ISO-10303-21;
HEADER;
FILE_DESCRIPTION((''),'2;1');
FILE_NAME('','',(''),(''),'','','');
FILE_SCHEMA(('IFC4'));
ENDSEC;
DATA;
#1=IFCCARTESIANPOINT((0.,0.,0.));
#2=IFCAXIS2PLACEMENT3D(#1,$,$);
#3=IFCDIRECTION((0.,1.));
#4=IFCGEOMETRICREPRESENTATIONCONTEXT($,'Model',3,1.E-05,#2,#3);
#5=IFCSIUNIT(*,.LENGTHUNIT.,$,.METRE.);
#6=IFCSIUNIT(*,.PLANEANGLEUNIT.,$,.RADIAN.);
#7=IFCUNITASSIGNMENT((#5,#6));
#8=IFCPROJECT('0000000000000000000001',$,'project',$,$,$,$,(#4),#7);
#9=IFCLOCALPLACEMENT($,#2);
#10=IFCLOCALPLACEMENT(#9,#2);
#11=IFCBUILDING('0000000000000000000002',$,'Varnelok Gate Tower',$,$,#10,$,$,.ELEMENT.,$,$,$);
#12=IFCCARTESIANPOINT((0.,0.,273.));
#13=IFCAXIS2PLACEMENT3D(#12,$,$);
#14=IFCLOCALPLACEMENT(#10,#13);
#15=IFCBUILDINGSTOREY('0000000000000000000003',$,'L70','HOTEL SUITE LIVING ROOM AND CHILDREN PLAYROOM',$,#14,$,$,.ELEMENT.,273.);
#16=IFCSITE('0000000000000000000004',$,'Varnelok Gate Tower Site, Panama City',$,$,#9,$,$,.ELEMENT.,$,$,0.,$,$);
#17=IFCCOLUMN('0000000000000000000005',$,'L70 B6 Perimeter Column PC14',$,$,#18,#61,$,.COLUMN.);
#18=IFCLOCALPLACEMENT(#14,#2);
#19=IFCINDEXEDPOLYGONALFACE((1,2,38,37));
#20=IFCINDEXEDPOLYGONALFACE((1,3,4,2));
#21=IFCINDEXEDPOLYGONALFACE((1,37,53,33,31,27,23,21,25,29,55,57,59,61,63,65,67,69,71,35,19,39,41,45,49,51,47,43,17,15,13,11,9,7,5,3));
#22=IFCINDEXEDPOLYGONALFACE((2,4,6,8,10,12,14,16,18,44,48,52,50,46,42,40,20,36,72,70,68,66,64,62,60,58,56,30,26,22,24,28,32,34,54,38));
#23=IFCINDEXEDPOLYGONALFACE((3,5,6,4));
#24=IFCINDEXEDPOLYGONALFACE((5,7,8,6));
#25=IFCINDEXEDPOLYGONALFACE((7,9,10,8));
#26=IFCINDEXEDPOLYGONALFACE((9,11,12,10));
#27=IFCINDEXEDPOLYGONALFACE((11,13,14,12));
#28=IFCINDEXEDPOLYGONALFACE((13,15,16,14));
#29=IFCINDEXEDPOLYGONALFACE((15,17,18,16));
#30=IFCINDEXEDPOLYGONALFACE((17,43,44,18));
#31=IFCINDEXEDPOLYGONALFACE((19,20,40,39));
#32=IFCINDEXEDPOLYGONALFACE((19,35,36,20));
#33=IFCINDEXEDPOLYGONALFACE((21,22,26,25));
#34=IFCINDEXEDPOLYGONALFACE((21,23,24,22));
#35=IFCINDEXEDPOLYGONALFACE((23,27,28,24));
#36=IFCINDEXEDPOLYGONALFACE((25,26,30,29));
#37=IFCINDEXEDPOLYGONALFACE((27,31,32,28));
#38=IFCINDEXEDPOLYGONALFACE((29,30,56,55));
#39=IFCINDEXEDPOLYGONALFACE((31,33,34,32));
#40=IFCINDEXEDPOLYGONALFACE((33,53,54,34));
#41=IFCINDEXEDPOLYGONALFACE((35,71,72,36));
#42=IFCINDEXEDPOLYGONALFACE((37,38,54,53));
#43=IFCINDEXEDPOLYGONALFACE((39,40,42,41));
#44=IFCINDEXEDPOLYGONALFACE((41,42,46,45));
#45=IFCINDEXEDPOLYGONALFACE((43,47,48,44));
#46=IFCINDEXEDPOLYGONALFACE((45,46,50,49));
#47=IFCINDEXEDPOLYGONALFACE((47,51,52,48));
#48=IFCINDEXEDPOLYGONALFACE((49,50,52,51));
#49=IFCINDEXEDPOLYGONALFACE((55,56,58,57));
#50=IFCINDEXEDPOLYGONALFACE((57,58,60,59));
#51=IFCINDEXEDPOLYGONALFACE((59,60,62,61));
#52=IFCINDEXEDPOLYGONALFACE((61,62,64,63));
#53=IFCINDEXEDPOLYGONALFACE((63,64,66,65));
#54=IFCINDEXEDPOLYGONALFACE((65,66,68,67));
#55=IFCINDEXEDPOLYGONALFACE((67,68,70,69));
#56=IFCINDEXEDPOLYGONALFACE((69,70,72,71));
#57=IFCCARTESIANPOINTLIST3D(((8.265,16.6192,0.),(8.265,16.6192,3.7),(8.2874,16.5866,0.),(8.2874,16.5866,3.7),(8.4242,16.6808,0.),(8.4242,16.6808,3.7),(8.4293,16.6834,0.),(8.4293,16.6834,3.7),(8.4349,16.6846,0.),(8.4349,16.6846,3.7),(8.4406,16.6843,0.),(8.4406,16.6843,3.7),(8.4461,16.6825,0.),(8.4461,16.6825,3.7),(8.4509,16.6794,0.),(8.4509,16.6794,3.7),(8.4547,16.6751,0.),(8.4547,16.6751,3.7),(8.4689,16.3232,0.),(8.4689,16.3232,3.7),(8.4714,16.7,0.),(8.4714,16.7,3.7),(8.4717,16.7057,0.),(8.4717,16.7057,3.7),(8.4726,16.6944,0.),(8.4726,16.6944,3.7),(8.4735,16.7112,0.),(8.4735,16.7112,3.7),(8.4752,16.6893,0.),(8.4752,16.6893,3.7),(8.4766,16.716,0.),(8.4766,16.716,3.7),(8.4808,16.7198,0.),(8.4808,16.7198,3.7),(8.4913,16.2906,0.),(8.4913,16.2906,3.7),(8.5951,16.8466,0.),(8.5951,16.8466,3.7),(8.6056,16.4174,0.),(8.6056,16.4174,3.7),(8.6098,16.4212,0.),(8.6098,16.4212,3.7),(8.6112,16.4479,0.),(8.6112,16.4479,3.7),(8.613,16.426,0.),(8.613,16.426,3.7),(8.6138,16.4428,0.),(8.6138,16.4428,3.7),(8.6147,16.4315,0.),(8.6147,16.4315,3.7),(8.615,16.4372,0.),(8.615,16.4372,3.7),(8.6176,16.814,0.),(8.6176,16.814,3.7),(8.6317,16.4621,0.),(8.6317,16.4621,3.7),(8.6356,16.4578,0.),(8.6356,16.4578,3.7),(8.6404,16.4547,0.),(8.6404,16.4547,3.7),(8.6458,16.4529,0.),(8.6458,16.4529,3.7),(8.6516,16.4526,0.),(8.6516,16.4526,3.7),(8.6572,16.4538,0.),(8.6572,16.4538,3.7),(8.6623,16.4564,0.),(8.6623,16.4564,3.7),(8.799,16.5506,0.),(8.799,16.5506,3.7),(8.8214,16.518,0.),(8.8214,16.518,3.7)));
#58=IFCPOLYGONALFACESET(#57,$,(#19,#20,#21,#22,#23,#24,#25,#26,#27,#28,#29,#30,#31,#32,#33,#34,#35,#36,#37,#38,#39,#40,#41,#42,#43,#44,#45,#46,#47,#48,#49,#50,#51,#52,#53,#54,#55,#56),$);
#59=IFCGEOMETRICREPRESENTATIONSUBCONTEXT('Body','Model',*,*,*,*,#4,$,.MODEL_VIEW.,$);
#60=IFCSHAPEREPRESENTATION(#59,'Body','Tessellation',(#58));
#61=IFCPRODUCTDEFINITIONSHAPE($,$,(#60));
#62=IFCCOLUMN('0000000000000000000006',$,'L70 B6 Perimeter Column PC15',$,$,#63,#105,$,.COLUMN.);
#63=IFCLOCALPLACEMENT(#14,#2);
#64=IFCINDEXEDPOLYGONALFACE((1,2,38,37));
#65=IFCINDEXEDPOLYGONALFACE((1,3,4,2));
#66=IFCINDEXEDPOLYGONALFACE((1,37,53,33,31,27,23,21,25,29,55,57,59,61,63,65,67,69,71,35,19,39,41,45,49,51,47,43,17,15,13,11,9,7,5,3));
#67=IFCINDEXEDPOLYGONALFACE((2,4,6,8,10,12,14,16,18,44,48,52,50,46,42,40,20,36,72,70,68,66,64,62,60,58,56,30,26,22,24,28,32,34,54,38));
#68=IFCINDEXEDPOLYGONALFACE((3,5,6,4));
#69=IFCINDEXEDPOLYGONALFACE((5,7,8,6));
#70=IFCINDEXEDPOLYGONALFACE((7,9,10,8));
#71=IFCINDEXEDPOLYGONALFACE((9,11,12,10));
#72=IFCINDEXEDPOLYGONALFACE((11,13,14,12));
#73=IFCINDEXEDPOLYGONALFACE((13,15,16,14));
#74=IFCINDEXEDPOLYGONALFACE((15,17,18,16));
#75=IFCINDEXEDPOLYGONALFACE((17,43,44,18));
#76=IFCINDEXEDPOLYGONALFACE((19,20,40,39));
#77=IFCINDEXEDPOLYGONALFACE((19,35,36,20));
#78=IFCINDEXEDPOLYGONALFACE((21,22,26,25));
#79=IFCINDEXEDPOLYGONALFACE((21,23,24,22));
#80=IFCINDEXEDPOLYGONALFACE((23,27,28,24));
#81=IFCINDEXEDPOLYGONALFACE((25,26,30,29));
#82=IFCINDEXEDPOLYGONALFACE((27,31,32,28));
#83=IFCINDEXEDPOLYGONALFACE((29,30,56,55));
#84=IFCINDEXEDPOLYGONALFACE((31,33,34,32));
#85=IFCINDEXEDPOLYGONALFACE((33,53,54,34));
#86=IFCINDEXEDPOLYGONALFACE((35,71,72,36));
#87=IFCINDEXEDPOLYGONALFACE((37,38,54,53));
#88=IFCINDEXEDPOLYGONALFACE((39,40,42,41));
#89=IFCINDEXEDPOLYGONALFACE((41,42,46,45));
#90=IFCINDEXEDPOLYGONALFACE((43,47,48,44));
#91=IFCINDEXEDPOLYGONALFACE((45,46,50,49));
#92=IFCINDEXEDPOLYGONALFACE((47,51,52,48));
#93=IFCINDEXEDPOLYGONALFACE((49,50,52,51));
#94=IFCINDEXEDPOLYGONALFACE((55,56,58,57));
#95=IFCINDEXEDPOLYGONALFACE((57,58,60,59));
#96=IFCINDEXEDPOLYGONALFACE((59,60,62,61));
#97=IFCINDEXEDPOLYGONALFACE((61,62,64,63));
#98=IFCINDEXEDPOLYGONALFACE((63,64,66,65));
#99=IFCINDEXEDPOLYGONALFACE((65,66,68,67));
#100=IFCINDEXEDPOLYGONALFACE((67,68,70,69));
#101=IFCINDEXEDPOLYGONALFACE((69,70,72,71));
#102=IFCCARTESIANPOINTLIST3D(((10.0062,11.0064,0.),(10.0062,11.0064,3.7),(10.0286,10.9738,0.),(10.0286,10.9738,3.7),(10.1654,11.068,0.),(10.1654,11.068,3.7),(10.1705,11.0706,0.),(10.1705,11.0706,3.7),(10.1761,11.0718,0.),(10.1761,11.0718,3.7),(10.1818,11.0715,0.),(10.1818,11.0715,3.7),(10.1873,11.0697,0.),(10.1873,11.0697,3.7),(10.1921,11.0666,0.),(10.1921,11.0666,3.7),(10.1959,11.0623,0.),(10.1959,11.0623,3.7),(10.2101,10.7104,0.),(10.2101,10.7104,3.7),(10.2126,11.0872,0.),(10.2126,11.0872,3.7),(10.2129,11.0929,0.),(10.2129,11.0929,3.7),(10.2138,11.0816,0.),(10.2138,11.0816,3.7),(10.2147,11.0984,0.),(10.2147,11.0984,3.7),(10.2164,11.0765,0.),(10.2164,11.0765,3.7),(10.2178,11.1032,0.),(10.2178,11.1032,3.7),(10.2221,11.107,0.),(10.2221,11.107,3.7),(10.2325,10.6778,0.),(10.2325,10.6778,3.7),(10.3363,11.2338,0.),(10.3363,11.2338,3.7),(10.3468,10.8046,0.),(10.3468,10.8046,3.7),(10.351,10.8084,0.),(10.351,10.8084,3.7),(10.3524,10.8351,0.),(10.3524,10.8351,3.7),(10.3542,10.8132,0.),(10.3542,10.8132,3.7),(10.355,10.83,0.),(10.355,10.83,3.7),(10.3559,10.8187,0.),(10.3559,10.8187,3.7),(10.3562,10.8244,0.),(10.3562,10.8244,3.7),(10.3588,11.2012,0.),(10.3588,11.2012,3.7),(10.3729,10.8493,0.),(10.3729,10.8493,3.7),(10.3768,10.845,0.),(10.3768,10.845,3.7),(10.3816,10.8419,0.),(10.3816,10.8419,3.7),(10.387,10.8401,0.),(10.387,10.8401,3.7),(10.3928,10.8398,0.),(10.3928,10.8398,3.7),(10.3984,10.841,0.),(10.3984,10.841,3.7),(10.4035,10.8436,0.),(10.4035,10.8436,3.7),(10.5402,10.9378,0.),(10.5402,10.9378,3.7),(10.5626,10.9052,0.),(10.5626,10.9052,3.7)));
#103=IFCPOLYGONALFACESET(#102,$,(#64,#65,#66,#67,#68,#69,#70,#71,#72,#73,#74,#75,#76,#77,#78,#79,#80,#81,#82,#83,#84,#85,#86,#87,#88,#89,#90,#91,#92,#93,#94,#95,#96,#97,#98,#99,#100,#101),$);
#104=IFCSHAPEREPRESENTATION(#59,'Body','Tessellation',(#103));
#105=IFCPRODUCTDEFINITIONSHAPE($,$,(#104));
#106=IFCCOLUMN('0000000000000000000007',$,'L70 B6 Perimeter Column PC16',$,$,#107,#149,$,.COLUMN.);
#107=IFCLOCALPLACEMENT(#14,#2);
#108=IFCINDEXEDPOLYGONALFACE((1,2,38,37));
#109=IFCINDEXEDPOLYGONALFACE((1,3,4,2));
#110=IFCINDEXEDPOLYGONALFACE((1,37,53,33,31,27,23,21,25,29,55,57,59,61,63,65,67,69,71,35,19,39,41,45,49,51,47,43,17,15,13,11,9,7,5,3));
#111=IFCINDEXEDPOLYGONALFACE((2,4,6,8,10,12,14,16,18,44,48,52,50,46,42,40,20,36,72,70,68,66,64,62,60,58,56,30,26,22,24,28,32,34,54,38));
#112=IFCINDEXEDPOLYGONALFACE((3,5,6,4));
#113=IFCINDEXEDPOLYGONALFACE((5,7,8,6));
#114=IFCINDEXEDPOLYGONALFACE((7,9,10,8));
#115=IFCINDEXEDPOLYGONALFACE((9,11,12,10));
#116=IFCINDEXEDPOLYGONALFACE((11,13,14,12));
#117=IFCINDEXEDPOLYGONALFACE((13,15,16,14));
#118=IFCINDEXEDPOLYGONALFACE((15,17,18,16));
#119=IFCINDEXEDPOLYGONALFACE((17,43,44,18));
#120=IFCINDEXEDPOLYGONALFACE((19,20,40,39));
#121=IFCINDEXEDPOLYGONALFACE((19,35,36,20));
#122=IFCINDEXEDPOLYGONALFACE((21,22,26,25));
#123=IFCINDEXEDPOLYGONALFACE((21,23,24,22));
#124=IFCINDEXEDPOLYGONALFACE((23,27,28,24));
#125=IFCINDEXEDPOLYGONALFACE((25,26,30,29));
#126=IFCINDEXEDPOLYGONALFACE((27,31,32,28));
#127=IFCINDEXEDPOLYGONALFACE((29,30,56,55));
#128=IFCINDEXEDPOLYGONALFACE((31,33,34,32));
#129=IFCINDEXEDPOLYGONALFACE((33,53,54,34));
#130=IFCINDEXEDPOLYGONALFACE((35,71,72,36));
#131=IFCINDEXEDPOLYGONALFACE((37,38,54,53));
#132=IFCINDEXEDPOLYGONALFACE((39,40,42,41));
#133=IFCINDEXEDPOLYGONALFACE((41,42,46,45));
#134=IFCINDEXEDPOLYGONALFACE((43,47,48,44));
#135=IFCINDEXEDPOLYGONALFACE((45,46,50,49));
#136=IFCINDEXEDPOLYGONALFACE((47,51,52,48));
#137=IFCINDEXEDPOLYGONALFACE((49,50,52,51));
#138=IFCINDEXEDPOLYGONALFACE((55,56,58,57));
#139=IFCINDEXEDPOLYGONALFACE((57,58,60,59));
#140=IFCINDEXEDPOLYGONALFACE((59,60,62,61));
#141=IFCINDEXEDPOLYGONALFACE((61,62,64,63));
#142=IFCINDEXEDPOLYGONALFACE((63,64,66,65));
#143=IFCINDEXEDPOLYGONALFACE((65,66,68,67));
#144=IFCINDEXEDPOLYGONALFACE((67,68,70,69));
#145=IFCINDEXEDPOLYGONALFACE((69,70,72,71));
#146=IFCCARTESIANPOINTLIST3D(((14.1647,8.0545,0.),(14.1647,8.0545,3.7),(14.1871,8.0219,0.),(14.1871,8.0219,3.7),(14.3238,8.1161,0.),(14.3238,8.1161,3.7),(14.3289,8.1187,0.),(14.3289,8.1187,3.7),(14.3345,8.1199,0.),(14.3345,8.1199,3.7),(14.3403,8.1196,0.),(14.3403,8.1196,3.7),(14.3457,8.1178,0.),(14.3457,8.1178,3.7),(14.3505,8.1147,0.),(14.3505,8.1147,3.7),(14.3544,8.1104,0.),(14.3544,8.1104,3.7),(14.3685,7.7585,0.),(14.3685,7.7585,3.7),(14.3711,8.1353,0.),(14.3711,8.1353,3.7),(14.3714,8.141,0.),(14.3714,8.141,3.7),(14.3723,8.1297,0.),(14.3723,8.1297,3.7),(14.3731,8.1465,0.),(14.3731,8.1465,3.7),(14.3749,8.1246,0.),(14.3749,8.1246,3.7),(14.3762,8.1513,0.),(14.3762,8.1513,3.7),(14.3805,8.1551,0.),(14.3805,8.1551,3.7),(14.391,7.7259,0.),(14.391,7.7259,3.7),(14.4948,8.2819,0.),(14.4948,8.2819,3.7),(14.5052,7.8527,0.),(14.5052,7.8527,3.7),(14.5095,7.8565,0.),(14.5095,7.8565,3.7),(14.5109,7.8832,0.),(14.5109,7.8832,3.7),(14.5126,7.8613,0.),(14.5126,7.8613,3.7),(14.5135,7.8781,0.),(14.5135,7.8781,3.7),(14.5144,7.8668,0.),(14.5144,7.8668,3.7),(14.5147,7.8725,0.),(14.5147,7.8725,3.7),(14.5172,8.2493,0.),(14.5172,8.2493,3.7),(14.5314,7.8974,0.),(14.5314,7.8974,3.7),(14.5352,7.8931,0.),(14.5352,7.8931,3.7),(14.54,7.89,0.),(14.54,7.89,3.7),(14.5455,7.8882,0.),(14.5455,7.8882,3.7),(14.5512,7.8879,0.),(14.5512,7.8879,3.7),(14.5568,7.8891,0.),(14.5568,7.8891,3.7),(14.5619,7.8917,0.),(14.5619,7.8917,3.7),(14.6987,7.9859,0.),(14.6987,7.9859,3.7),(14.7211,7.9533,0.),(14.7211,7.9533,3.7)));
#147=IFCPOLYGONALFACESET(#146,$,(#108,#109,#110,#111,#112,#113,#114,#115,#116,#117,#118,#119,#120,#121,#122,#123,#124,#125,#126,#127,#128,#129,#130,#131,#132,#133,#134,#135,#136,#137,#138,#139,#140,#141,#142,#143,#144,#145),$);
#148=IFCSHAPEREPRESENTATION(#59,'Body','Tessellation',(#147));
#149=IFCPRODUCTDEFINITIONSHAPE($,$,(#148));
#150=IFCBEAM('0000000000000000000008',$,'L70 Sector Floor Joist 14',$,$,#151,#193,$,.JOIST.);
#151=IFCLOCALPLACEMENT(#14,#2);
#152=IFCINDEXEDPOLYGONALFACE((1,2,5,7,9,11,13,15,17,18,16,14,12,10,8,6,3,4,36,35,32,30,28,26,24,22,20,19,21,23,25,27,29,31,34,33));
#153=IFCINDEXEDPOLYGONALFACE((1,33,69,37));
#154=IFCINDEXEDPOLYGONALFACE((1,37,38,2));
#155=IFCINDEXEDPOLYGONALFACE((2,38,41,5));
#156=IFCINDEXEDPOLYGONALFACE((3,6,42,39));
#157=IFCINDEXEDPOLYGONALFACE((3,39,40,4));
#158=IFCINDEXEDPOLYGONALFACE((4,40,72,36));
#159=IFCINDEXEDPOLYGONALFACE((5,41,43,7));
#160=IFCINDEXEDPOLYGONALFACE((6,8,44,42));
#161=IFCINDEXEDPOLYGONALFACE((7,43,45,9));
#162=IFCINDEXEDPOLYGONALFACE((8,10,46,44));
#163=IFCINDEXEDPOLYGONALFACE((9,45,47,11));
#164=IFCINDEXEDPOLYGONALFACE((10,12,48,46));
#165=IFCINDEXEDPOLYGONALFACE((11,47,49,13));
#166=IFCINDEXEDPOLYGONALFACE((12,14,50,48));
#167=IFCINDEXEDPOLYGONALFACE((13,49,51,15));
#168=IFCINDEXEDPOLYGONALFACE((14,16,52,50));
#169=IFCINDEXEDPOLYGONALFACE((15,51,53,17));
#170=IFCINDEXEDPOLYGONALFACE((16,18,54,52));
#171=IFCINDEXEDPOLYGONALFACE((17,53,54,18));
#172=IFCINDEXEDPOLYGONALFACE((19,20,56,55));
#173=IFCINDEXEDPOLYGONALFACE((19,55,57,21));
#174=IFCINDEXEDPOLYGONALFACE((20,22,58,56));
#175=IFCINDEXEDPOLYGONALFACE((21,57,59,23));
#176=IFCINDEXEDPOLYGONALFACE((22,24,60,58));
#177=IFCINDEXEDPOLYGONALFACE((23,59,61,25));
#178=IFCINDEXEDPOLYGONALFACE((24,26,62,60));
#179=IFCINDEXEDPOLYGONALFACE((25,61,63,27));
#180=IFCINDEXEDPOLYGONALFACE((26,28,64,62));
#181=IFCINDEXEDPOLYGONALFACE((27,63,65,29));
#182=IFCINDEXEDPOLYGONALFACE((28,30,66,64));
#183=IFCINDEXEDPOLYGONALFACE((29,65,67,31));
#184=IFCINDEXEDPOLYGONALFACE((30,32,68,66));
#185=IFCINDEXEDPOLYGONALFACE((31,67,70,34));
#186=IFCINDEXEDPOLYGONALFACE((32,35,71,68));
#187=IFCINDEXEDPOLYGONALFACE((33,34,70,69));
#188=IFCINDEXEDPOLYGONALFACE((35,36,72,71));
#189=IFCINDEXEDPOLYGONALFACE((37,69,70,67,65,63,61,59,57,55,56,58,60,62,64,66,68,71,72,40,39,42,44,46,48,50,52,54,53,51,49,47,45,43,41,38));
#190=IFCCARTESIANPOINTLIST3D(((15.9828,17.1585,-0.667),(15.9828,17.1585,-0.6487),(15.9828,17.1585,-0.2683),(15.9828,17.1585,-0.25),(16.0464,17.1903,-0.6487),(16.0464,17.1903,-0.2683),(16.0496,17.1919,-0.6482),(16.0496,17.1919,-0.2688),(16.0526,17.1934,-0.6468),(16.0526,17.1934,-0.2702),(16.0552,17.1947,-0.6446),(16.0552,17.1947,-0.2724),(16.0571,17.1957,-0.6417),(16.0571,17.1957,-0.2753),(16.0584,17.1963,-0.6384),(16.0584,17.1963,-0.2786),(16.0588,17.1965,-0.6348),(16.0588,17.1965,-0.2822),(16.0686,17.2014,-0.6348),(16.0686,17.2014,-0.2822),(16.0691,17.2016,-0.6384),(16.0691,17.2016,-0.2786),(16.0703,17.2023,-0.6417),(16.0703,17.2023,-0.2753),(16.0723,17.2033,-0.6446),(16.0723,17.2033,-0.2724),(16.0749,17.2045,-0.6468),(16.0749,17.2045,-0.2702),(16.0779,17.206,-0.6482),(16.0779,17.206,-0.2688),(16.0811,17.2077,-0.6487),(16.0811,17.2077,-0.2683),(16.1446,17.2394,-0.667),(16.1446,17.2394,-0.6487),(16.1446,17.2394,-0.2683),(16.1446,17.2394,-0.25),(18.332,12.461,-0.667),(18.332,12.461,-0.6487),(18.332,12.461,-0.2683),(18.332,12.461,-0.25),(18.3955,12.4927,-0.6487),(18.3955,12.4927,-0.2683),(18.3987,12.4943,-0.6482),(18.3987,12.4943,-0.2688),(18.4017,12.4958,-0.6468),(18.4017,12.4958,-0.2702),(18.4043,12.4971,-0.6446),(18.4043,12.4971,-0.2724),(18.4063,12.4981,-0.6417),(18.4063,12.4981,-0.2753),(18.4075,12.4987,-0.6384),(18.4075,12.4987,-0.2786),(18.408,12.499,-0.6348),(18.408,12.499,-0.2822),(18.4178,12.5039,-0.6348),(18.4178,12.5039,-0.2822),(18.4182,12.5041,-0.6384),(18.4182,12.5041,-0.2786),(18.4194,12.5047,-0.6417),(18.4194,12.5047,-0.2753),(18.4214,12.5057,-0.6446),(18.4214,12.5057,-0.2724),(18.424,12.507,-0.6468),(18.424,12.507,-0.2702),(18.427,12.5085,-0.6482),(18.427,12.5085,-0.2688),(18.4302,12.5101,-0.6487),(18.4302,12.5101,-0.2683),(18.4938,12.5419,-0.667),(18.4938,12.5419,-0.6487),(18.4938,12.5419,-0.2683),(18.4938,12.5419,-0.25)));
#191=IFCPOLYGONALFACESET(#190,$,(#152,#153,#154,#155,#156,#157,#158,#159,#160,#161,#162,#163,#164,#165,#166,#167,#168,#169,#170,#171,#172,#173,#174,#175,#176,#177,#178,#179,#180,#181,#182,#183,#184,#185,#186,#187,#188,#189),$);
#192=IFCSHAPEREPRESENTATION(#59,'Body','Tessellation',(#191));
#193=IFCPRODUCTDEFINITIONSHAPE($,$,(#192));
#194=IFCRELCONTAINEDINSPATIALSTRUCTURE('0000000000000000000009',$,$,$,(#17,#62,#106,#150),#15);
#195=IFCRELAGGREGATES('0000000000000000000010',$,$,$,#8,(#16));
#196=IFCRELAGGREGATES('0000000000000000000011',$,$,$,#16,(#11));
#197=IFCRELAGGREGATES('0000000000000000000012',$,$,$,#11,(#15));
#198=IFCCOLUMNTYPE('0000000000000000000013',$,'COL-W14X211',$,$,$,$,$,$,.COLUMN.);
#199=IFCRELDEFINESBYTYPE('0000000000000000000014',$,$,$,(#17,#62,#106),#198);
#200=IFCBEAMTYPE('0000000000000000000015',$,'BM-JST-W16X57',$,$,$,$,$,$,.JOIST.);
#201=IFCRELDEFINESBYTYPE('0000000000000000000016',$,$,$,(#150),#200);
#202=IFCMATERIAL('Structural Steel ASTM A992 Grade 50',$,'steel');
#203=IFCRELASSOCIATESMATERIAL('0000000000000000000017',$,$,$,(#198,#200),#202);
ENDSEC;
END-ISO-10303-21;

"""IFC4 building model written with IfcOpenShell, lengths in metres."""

from ifc_helpers import new_model, si_unit, direction, frame, origin, origin_2d, place, context, subcontext, project, spatial, i_section, extrude, material, material_profile, profile_set, type_object, element, save


model = new_model("IFC4")

# Units and contexts
model_context = context("Model", 3, precision=1e-05, world=origin(), true_north=direction((0.0, 1.0)))
body_context = subcontext(model_context, "Body", "Model", "MODEL_VIEW")
ifc_project = project(units=[si_unit("LENGTHUNIT", "METRE"), si_unit("PLANEANGLEUNIT", "RADIAN")], contexts=[model_context])

# Site, building, storey
site_placement = place(None, origin())
site = spatial("IfcSite", under=ifc_project, at=site_placement, Name="Varnelok Gate Tower Site, Panama City", CompositionType="ELEMENT", RefElevation=0.0)
building_placement = place(site_placement, origin())
building = spatial("IfcBuilding", under=site, at=building_placement, Name="Varnelok Gate Tower", CompositionType="ELEMENT")
storey_placement = place(building_placement, frame((0.0, 0.0, 273.0)))
storey = spatial("IfcBuildingStorey", under=building, at=storey_placement, Name="L70", Description="HOTEL SUITE LIVING ROOM AND CHILDREN PLAYROOM", CompositionType="ELEMENT", Elevation=273.0)

# Columns
ifc_material_1 = material(Name="Structural Steel ASTM A992 Grade 50", Category="steel")
ifc_material_profile_1 = material_profile(ifc_material_1, i_section(OverallWidth=0.4009, OverallDepth=0.3989, WebThickness=0.0249, FlangeThickness=0.0396, FilletRadius=0.022, at=origin_2d()), Name="W14X211")
ifc_profile_set_1 = profile_set([ifc_material_profile_1], Name="Structural Steel ASTM A992 Grade 50")
column_type = type_object("IfcColumnType", Name="COL-W14X211", PredefinedType="COLUMN", material=ifc_profile_set_1)
for number, where, z_axis, x_axis, name in (
    (1, (8.5432, 16.5686, 0.0), (0.0, 0.0, 1.0), (0.823533, 0.567269, 0.0), "L70 B6 Perimeter Column PC14"),
    (2, (10.2844, 10.9558, 0.0), (0.0, 0.0, 1.0), (0.823533, 0.567269, 0.0), "L70 B6 Perimeter Column PC15"),
    (3, (14.4429, 8.0039, 0.0), (0.0, 0.0, 1.0), (0.823533, 0.567269, 0.0), "L70 B6 Perimeter Column PC16"),
):
    element("IfcColumn", number, at=place(storey_placement, frame(where, z_axis=z_axis, x_axis=x_axis)), inside=storey, type_object=column_type, Name=name, PredefinedType="COLUMN", context=body_context, shape_type="SweptSolid", body=[
        extrude(i_section(OverallWidth=0.4009, OverallDepth=0.3989, WebThickness=0.0249, FlangeThickness=0.0396, FilletRadius=0.022, at=origin_2d()), origin(), (0.0, 0.0, 1.0), 3.7),
    ])

# Beam
ifc_material_profile_2 = material_profile(ifc_material_1, i_section(OverallWidth=0.1809, OverallDepth=0.417, WebThickness=0.011, FlangeThickness=0.0183, FilletRadius=0.0139, at=origin_2d()), Name="W16X57")
ifc_profile_set_2 = profile_set([ifc_material_profile_2], Name="Structural Steel ASTM A992 Grade 50")
beam_type_1 = type_object("IfcBeamType", Name="BM-JST-W16X57", PredefinedType="JOIST", material=ifc_profile_set_2)
beam_1_placement = place(storey_placement, frame((16.0637, 17.199, -0.4585), z_axis=(0.447269, -0.894399, 0.0), x_axis=(0.894399, 0.447269, 0.0)))
element("IfcBeam", 4, at=beam_1_placement, inside=storey, type_object=beam_type_1, Name="L70 Sector Floor Joist 14", PredefinedType="JOIST", context=body_context, shape_type="SweptSolid", body=[
    extrude(i_section(OverallWidth=0.1809, OverallDepth=0.417, WebThickness=0.011, FlangeThickness=0.0183, FilletRadius=0.0139, at=origin_2d()), origin(), (0.0, 0.0, 1.0), 5.2522),
])

save(model, "model.ifc")
